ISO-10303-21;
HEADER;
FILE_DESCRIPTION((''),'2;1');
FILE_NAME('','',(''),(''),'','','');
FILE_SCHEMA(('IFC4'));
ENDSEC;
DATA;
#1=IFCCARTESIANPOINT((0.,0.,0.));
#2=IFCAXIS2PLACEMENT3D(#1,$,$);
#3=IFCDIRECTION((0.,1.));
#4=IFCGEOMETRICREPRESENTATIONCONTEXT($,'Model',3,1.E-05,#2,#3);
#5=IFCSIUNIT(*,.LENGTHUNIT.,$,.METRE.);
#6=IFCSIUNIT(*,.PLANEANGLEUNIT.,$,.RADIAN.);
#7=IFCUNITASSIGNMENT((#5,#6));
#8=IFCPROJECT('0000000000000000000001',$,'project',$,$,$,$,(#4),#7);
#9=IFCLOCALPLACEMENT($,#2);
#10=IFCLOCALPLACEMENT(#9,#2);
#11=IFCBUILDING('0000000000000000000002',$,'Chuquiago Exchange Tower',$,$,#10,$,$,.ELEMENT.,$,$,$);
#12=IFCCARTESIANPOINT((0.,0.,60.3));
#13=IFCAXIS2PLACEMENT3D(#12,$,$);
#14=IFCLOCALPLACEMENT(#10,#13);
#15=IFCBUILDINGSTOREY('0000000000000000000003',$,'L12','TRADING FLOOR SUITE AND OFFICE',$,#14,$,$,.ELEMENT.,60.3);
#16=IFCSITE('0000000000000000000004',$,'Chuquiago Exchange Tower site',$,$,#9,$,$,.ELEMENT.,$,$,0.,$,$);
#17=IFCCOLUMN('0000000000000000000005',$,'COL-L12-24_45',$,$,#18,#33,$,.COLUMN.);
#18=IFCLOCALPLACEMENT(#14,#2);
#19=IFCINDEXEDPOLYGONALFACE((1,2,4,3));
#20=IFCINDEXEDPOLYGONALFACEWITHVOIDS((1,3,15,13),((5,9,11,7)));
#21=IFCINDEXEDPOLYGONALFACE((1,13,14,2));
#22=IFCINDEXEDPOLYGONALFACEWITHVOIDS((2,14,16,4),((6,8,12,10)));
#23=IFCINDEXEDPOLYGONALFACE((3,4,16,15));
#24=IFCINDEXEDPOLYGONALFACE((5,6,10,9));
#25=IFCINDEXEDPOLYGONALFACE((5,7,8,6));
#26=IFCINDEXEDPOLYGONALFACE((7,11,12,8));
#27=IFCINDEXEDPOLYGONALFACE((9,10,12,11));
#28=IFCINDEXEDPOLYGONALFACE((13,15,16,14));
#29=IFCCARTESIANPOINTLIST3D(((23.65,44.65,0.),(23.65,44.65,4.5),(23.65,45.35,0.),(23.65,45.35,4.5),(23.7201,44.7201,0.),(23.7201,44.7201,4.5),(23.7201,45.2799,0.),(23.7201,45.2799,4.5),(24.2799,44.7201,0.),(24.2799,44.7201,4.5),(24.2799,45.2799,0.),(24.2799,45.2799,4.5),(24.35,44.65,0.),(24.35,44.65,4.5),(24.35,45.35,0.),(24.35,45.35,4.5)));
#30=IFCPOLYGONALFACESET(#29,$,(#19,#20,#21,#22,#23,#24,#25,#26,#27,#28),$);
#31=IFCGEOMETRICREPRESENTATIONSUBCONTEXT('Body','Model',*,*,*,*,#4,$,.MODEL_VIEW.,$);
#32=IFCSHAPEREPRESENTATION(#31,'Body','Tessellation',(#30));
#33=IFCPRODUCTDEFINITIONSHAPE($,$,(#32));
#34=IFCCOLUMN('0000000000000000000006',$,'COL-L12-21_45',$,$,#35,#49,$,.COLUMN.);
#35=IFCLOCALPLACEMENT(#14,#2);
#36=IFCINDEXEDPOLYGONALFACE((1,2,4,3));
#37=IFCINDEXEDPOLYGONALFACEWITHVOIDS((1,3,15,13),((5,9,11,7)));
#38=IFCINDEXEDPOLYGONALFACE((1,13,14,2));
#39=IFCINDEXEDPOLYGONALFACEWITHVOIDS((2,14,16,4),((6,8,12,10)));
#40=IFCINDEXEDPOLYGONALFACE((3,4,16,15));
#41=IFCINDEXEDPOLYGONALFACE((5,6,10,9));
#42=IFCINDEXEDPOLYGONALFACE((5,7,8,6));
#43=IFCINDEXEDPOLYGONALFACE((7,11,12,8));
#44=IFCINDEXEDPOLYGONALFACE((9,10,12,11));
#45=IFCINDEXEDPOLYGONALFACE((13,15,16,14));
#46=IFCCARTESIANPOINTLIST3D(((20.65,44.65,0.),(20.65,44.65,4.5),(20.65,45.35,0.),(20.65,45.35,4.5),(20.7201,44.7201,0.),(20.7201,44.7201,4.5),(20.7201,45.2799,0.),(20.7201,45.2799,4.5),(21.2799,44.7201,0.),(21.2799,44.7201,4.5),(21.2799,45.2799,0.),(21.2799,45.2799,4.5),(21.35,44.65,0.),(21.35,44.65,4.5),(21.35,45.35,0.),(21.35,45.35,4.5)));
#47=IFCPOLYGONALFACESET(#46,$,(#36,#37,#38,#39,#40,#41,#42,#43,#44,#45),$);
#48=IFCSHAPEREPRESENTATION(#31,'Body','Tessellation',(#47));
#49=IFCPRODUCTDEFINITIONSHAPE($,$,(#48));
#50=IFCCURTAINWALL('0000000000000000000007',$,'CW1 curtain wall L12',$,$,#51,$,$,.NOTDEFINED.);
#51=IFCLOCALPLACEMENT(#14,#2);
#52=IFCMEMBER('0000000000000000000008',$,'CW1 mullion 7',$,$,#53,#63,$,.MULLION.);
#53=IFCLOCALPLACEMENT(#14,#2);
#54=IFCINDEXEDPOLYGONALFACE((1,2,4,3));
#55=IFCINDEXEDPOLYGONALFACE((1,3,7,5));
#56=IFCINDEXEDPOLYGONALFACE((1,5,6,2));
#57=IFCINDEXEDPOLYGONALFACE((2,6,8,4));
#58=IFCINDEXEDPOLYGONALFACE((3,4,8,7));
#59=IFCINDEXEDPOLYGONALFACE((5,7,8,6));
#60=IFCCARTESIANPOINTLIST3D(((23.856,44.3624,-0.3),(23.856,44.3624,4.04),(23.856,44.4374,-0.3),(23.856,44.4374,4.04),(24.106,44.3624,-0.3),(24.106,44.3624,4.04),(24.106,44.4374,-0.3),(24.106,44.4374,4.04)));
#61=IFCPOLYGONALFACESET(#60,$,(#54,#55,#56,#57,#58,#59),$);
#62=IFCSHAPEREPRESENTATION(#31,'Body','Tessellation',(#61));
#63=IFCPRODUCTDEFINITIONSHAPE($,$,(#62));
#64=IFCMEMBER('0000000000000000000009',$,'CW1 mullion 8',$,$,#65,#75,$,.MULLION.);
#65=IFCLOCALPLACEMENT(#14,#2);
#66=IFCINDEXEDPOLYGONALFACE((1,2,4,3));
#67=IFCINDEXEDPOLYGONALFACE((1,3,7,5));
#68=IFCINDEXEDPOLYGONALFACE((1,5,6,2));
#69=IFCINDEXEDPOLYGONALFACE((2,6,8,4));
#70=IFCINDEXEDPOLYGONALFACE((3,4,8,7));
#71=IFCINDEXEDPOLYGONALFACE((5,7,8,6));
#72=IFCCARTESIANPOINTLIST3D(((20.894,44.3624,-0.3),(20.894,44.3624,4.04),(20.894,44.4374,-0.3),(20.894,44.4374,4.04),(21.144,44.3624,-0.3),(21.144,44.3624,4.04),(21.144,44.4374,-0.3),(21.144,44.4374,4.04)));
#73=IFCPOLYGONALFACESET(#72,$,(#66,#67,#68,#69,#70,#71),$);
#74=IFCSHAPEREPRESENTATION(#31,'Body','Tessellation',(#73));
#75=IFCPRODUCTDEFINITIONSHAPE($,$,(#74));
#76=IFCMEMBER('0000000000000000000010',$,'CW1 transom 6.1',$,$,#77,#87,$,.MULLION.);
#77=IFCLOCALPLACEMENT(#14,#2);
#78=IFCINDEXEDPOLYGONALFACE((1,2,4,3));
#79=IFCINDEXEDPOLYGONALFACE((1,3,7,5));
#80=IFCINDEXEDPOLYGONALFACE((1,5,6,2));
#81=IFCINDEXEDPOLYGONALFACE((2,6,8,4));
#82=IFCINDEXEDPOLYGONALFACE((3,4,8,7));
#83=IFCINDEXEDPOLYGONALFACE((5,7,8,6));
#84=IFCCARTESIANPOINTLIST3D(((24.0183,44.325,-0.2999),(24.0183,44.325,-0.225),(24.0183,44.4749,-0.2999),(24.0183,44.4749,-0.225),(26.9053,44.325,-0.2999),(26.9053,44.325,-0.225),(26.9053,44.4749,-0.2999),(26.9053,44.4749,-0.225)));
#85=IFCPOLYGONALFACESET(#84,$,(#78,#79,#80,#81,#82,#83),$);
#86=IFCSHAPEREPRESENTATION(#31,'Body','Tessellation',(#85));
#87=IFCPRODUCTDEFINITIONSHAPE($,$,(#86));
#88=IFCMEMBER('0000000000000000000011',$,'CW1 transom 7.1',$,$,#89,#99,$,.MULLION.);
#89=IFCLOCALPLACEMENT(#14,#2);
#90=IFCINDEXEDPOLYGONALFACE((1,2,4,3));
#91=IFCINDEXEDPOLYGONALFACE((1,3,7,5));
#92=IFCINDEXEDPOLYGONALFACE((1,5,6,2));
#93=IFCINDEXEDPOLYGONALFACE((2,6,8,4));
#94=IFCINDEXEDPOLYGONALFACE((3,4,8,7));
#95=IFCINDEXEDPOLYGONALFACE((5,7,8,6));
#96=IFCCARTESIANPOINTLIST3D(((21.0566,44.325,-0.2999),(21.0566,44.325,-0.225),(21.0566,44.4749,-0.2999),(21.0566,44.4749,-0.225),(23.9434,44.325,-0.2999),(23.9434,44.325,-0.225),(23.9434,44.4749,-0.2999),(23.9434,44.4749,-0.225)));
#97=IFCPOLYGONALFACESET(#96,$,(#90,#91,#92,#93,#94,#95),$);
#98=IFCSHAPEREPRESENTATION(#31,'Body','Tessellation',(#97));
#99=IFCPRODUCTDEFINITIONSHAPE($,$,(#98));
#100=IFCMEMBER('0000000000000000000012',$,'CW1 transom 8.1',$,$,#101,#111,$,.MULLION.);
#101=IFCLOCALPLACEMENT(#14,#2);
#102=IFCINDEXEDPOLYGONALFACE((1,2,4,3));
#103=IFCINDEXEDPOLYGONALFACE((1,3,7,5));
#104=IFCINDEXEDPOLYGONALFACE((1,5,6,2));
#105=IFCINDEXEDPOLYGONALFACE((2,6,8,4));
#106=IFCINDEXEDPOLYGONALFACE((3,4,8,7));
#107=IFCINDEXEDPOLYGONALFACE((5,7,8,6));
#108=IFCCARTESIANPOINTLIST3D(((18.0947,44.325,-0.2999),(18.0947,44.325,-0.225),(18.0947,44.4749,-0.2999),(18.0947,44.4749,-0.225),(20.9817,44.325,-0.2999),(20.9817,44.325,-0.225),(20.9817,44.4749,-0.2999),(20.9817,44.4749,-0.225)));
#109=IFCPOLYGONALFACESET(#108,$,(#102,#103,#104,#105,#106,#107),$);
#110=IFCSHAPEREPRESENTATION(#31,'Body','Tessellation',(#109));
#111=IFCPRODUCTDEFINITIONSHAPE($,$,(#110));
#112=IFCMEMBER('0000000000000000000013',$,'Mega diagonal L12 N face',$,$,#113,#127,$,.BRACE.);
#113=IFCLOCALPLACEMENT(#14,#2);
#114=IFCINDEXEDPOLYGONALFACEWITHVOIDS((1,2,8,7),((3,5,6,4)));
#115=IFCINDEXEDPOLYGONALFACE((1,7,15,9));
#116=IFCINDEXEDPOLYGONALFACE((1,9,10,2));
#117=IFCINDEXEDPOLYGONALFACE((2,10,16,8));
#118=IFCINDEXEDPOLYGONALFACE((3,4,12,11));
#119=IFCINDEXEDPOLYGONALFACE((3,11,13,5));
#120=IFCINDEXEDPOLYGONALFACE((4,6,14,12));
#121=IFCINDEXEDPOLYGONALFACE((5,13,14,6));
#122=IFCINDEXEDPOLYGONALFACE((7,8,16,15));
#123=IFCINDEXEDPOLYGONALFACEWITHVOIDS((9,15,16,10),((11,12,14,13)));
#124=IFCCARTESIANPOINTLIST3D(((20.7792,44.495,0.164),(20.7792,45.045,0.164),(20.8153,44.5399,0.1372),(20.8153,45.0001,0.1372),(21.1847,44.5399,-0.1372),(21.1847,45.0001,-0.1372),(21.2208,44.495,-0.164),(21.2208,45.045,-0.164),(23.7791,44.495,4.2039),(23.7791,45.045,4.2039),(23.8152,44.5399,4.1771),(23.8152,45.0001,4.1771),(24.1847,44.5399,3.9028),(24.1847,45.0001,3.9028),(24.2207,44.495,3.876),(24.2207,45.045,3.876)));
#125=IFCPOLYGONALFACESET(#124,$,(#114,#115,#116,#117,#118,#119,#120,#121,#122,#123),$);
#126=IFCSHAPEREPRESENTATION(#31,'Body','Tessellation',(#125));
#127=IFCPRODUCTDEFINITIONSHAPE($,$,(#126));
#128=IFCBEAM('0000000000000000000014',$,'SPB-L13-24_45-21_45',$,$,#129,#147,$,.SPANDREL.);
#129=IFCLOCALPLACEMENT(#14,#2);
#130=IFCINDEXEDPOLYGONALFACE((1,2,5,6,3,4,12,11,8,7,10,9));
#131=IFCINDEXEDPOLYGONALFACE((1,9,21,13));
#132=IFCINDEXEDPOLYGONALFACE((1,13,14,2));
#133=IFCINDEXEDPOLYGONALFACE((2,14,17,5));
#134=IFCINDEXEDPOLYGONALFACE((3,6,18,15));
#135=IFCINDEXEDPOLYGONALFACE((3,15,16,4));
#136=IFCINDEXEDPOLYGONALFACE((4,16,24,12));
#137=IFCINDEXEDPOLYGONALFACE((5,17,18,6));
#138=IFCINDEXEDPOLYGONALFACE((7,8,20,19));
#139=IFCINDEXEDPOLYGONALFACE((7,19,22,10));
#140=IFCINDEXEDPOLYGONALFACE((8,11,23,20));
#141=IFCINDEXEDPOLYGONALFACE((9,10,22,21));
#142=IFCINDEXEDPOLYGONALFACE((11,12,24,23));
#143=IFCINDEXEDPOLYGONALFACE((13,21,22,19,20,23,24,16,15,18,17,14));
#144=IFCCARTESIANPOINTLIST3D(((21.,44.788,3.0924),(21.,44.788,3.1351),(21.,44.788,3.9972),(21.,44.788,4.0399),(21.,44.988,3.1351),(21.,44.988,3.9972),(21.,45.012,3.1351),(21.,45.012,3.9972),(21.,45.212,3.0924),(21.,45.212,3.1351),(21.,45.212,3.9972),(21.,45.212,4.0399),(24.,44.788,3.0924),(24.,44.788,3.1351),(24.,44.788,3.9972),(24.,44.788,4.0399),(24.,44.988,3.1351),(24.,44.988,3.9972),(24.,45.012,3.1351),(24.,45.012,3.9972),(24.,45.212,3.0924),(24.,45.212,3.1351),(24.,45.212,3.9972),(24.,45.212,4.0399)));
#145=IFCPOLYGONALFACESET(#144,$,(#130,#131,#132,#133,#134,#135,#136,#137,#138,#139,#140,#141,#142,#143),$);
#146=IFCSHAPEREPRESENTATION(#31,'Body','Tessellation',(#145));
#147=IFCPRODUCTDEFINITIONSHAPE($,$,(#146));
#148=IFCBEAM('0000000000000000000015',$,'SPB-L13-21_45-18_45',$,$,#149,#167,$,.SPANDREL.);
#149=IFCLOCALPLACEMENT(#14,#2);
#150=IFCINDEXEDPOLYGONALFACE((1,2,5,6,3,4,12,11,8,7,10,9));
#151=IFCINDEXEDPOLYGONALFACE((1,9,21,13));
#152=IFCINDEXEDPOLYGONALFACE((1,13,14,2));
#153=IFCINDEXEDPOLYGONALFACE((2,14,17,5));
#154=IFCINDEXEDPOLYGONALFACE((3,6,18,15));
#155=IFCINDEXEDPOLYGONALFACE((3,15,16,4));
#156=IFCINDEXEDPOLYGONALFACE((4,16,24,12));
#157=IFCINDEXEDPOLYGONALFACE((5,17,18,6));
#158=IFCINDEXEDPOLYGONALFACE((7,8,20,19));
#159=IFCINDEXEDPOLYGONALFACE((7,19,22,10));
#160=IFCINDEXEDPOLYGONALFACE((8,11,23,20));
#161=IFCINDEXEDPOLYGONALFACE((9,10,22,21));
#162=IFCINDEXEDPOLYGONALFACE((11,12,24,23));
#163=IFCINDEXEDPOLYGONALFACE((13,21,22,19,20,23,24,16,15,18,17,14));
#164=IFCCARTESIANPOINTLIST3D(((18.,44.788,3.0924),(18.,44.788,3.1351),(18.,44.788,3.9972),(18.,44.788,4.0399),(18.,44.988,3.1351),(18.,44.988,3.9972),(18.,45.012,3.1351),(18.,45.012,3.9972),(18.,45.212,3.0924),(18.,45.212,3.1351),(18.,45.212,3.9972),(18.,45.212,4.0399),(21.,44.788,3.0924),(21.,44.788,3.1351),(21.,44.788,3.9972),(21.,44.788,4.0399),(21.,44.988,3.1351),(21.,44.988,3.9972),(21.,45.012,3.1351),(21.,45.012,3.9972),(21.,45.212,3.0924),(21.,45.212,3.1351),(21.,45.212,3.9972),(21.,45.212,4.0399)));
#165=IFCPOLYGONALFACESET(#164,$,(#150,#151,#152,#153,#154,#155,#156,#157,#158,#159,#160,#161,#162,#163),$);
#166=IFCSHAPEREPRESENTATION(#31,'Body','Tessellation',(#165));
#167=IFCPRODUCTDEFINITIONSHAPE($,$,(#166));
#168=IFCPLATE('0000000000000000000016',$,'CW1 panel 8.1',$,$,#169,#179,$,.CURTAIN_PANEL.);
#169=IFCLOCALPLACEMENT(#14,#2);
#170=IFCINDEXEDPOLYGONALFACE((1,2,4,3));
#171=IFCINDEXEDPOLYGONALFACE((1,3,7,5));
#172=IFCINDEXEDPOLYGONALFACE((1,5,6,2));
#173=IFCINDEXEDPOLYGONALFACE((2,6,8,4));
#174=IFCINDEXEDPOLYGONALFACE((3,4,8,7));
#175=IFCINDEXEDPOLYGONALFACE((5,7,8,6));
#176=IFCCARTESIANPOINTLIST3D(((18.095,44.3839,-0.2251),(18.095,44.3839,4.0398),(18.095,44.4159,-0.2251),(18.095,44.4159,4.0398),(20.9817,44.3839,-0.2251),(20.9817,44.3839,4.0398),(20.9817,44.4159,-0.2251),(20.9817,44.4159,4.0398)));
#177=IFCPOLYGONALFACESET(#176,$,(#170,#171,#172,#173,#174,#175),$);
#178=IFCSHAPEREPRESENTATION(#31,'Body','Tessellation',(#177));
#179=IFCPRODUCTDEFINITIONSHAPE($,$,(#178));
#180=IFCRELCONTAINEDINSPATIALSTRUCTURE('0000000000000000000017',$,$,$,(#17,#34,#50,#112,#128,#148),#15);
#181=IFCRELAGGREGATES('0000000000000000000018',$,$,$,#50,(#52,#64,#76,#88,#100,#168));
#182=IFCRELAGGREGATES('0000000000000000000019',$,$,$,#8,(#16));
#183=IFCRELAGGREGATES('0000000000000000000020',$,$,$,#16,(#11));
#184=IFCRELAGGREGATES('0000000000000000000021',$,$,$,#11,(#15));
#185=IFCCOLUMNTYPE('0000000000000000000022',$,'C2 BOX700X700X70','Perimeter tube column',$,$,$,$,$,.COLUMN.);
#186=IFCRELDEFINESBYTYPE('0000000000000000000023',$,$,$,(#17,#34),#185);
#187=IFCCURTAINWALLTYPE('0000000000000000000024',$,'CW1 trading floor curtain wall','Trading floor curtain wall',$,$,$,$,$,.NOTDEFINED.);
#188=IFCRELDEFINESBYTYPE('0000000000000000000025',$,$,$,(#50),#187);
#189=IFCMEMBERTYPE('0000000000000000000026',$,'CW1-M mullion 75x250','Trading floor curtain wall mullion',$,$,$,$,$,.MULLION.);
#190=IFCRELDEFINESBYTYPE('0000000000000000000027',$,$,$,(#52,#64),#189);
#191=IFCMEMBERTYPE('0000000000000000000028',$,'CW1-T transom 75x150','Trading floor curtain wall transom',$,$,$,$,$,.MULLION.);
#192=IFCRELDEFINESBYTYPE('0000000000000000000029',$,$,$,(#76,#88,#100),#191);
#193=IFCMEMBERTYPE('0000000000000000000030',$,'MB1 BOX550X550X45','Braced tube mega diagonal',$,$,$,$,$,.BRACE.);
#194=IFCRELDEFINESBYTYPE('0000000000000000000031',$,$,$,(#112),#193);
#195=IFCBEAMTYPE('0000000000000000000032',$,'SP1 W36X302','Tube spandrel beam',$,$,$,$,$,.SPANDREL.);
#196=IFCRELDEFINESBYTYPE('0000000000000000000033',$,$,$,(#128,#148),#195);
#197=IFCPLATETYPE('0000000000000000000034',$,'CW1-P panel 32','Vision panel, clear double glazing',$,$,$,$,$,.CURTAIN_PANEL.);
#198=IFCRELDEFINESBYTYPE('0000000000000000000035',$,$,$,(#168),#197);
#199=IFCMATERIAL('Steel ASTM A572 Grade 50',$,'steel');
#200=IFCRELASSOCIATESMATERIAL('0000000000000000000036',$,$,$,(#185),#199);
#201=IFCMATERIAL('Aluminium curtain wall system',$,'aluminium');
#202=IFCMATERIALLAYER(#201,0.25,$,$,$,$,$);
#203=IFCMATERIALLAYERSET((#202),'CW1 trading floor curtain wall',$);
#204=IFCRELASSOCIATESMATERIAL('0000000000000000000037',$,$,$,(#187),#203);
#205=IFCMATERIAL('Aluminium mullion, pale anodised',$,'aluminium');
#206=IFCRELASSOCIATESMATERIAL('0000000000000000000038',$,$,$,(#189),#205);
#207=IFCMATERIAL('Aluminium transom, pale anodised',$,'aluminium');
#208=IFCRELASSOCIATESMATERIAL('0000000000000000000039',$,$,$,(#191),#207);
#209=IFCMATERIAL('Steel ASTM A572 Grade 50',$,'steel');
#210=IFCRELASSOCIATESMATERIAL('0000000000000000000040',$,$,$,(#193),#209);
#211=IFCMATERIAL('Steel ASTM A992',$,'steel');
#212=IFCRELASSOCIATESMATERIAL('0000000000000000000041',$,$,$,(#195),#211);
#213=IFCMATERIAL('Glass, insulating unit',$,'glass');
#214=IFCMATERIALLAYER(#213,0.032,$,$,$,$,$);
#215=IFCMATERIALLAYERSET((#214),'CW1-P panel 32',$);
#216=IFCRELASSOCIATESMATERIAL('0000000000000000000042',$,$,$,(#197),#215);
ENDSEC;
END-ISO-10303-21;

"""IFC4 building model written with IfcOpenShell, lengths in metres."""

from ifc_helpers import new_model, si_unit, direction, frame, origin, origin_2d, place, context, subcontext, project, spatial, rectangle, hollow_rectangle, i_section, extrude, material, layer, layer_set, material_profile, profile_set, type_object, element, aggregate, save


model = new_model("IFC4")

# Units and contexts
model_context = context("Model", 3, precision=1e-05, world=origin(), true_north=direction((0.0, 1.0)))
body_context = subcontext(model_context, "Body", "Model", "MODEL_VIEW")
ifc_project = project(units=[si_unit("LENGTHUNIT", "METRE"), si_unit("PLANEANGLEUNIT", "RADIAN")], contexts=[model_context])

# Site, building, storey
site_placement = place(None, origin())
site = spatial("IfcSite", under=ifc_project, at=site_placement, Name="Chuquiago Exchange Tower site", CompositionType="ELEMENT", RefElevation=0.0)
building_placement = place(site_placement, origin())
building = spatial("IfcBuilding", under=site, at=building_placement, Name="Chuquiago Exchange Tower", CompositionType="ELEMENT")
storey_placement = place(building_placement, frame((0.0, 0.0, 60.3)))
storey = spatial("IfcBuildingStorey", under=building, at=storey_placement, Name="L12", Description="TRADING FLOOR SUITE AND OFFICE", CompositionType="ELEMENT", Elevation=60.3)

# Columns
ifc_material_1 = material(Name="Steel ASTM A572 Grade 50", Category="steel")
ifc_material_profile_1 = material_profile(ifc_material_1, hollow_rectangle(XDim=0.7, YDim=0.7, WallThickness=0.0701, at=origin_2d()), Name="BOX700X700X70")
ifc_profile_set_1 = profile_set([ifc_material_profile_1], Name="Steel ASTM A572 Grade 50")
column_type = type_object("IfcColumnType", Name="C2 BOX700X700X70", Description="Perimeter tube column", PredefinedType="COLUMN", material=ifc_profile_set_1)
for number, where, z_axis, x_axis, name in (
    (1, (24.0, 45.0, 0.0), (0.0, 0.0, 1.0), (0.0, 1.0, 0.0), "COL-L12-24_45"),
    (2, (21.0, 45.0, 0.0), (0.0, 0.0, 1.0), (0.0, 1.0, 0.0), "COL-L12-21_45"),
):
    element("IfcColumn", number, at=place(storey_placement, frame(where, z_axis=z_axis, x_axis=x_axis)), inside=storey, type_object=column_type, Name=name, PredefinedType="COLUMN", context=body_context, shape_type="SweptSolid", body=[
        extrude(hollow_rectangle(XDim=0.7, YDim=0.7, WallThickness=0.0701, at=origin_2d()), origin(), (0.0, 0.0, 1.0), 4.5),
    ])

# Curtain wall, members
ifc_material_2 = material(Name="Aluminium curtain wall system", Category="aluminium")
ifc_layer_1 = layer(ifc_material_2, 0.25)
ifc_layer_set_1 = layer_set([ifc_layer_1], Name="CW1 trading floor curtain wall")
curtain_wall_type = type_object("IfcCurtainWallType", Name="CW1 trading floor curtain wall", Description="Trading floor curtain wall", PredefinedType="NOTDEFINED", material=ifc_layer_set_1)
curtain_wall_placement = place(storey_placement, origin())
curtain_wall = element("IfcCurtainWall", 3, at=curtain_wall_placement, inside=storey, type_object=curtain_wall_type, Name="CW1 curtain wall L12", PredefinedType="NOTDEFINED")
ifc_material_3 = material(Name="Aluminium mullion, pale anodised", Category="aluminium")
ifc_material_profile_2 = material_profile(ifc_material_3, rectangle(XDim=0.075, YDim=0.25, at=origin_2d()), Name="AL 75x250")
ifc_profile_set_2 = profile_set([ifc_material_profile_2], Name="Aluminium mullion, pale anodised")
member_type_1 = type_object("IfcMemberType", Name="CW1-M mullion 75x250", Description="Trading floor curtain wall mullion", PredefinedType="MULLION", material=ifc_profile_set_2)
member_1_placement = place(storey_placement, frame((23.981, 44.3999, -0.3), z_axis=(0.0, 0.0, 1.0), x_axis=(0.0, -1.0, 0.0)))
member_1 = element("IfcMember", 4, at=member_1_placement, type_object=member_type_1, Name="CW1 mullion 7", PredefinedType="MULLION", context=body_context, shape_type="SweptSolid", body=[
    extrude(rectangle(XDim=0.075, YDim=0.25, at=origin_2d()), origin(), (0.0, 0.0, 1.0), 4.3401),
])
member_2_placement = place(storey_placement, frame((21.019, 44.3999, -0.3), z_axis=(0.0, 0.0, 1.0), x_axis=(0.0, -1.0, 0.0)))
member_2 = element("IfcMember", 5, at=member_2_placement, type_object=member_type_1, Name="CW1 mullion 8", PredefinedType="MULLION", context=body_context, shape_type="SweptSolid", body=[
    extrude(rectangle(XDim=0.075, YDim=0.25, at=origin_2d()), origin(), (0.0, 0.0, 1.0), 4.3401),
])
ifc_material_4 = material(Name="Aluminium transom, pale anodised", Category="aluminium")
ifc_material_profile_3 = material_profile(ifc_material_4, rectangle(XDim=0.1499, YDim=0.075, at=origin_2d()), Name="AL 150x75")
ifc_profile_set_3 = profile_set([ifc_material_profile_3], Name="Aluminium transom, pale anodised")
member_type_2 = type_object("IfcMemberType", Name="CW1-T transom 75x150", Description="Trading floor curtain wall transom", PredefinedType="MULLION", material=ifc_profile_set_3)
member_3_placement = place(storey_placement, frame((26.9053, 44.3999, -0.2625), z_axis=(-1.0, 0.0, 0.0), x_axis=(0.0, -1.0, 0.0)))
member_3 = element("IfcMember", 6, at=member_3_placement, type_object=member_type_2, Name="CW1 transom 6.1", PredefinedType="MULLION", context=body_context, shape_type="SweptSolid", body=[
    extrude(rectangle(XDim=0.1499, YDim=0.075, at=origin_2d()), origin(), (0.0, 0.0, 1.0), 2.887),
])
member_4_placement = place(storey_placement, frame((23.9434, 44.3999, -0.2625), z_axis=(-1.0, 0.0, 0.0), x_axis=(0.0, -1.0, 0.0)))
member_4 = element("IfcMember", 7, at=member_4_placement, type_object=member_type_2, Name="CW1 transom 7.1", PredefinedType="MULLION", context=body_context, shape_type="SweptSolid", body=[
    extrude(rectangle(XDim=0.1499, YDim=0.075, at=origin_2d()), origin(), (0.0, 0.0, 1.0), 2.8867),
])
member_5_placement = place(storey_placement, frame((20.9817, 44.3999, -0.2625), z_axis=(-1.0, 0.0, 0.0), x_axis=(0.0, -1.0, 0.0)))
member_5 = element("IfcMember", 8, at=member_5_placement, type_object=member_type_2, Name="CW1 transom 8.1", PredefinedType="MULLION", context=body_context, shape_type="SweptSolid", body=[
    extrude(rectangle(XDim=0.1499, YDim=0.075, at=origin_2d()), origin(), (0.0, 0.0, 1.0), 2.887),
])

# Member
ifc_material_5 = material(Name="Steel ASTM A572 Grade 50", Category="steel")
ifc_material_profile_4 = material_profile(ifc_material_5, hollow_rectangle(XDim=0.55, YDim=0.55, WallThickness=0.0449, at=origin_2d()), Name="BOX550X550X45")
ifc_profile_set_4 = profile_set([ifc_material_profile_4], Name="Steel ASTM A572 Grade 50")
member_type_3 = type_object("IfcMemberType", Name="MB1 BOX550X550X45", Description="Braced tube mega diagonal", PredefinedType="BRACE", material=ifc_profile_set_4)
member_6_placement = place(storey_placement, frame((21.0, 44.77, 0.0), z_axis=(0.596174, 0.0, 0.802855), x_axis=(0.0, 1.0, 0.0)))
element("IfcMember", 9, at=member_6_placement, inside=storey, type_object=member_type_3, Name="Mega diagonal L12 N face", PredefinedType="BRACE", context=body_context, shape_type="SweptSolid", body=[
    extrude(hollow_rectangle(XDim=0.55, YDim=0.55, WallThickness=0.0449, at=origin_2d()), origin(), (0.0, 0.0, 1.0), 5.032),
])

# Beams
ifc_material_6 = material(Name="Steel ASTM A992", Category="steel")
ifc_material_profile_5 = material_profile(ifc_material_6, i_section(OverallWidth=0.4241, OverallDepth=0.9475, WebThickness=0.0239, FlangeThickness=0.0427, at=origin_2d()), Name="W36X302")
ifc_profile_set_5 = profile_set([ifc_material_profile_5], Name="Steel ASTM A992")
beam_type = type_object("IfcBeamType", Name="SP1 W36X302", Description="Tube spandrel beam", PredefinedType="SPANDREL", material=ifc_profile_set_5)
for number, where, z_axis, x_axis, name in (
    (10, (24.0, 45.0, 3.5662), (-1.0, 0.0, 0.0), (0.0, -1.0, 0.0), "SPB-L13-24_45-21_45"),
    (11, (21.0, 45.0, 3.5662), (-1.0, 0.0, 0.0), (0.0, -1.0, 0.0), "SPB-L13-21_45-18_45"),
):
    element("IfcBeam", number, at=place(storey_placement, frame(where, z_axis=z_axis, x_axis=x_axis)), inside=storey, type_object=beam_type, Name=name, PredefinedType="SPANDREL", context=body_context, shape_type="SweptSolid", body=[
        extrude(i_section(OverallWidth=0.4241, OverallDepth=0.9475, WebThickness=0.0239, FlangeThickness=0.0427, at=origin_2d()), origin(), (0.0, 0.0, 1.0), 3.0),
    ])

# Plate
ifc_material_7 = material(Name="Glass, insulating unit", Category="glass")
ifc_layer_2 = layer(ifc_material_7, 0.032)
ifc_layer_set_2 = layer_set([ifc_layer_2], Name="CW1-P panel 32")
plate_type_1 = type_object("IfcPlateType", Name="CW1-P panel 32", Description="Vision panel, clear double glazing", PredefinedType="CURTAIN_PANEL", material=ifc_layer_set_2)
plate_1_placement = place(storey_placement, frame((19.5383, 44.3999, -0.2251), z_axis=(0.0, 0.0, 1.0), x_axis=(-1.0, 0.0, 0.0)))
plate_1 = element("IfcPlate", 12, at=plate_1_placement, type_object=plate_type_1, Name="CW1 panel 8.1", PredefinedType="CURTAIN_PANEL", context=body_context, shape_type="SweptSolid", body=[
    extrude(rectangle(XDim=2.8867, YDim=0.032, at=origin_2d()), origin(), (0.0, 0.0, 1.0), 4.2649),
])
aggregate(curtain_wall, [member_1, member_2, member_3, member_4, member_5, plate_1])

save(model, "model.ifc")
